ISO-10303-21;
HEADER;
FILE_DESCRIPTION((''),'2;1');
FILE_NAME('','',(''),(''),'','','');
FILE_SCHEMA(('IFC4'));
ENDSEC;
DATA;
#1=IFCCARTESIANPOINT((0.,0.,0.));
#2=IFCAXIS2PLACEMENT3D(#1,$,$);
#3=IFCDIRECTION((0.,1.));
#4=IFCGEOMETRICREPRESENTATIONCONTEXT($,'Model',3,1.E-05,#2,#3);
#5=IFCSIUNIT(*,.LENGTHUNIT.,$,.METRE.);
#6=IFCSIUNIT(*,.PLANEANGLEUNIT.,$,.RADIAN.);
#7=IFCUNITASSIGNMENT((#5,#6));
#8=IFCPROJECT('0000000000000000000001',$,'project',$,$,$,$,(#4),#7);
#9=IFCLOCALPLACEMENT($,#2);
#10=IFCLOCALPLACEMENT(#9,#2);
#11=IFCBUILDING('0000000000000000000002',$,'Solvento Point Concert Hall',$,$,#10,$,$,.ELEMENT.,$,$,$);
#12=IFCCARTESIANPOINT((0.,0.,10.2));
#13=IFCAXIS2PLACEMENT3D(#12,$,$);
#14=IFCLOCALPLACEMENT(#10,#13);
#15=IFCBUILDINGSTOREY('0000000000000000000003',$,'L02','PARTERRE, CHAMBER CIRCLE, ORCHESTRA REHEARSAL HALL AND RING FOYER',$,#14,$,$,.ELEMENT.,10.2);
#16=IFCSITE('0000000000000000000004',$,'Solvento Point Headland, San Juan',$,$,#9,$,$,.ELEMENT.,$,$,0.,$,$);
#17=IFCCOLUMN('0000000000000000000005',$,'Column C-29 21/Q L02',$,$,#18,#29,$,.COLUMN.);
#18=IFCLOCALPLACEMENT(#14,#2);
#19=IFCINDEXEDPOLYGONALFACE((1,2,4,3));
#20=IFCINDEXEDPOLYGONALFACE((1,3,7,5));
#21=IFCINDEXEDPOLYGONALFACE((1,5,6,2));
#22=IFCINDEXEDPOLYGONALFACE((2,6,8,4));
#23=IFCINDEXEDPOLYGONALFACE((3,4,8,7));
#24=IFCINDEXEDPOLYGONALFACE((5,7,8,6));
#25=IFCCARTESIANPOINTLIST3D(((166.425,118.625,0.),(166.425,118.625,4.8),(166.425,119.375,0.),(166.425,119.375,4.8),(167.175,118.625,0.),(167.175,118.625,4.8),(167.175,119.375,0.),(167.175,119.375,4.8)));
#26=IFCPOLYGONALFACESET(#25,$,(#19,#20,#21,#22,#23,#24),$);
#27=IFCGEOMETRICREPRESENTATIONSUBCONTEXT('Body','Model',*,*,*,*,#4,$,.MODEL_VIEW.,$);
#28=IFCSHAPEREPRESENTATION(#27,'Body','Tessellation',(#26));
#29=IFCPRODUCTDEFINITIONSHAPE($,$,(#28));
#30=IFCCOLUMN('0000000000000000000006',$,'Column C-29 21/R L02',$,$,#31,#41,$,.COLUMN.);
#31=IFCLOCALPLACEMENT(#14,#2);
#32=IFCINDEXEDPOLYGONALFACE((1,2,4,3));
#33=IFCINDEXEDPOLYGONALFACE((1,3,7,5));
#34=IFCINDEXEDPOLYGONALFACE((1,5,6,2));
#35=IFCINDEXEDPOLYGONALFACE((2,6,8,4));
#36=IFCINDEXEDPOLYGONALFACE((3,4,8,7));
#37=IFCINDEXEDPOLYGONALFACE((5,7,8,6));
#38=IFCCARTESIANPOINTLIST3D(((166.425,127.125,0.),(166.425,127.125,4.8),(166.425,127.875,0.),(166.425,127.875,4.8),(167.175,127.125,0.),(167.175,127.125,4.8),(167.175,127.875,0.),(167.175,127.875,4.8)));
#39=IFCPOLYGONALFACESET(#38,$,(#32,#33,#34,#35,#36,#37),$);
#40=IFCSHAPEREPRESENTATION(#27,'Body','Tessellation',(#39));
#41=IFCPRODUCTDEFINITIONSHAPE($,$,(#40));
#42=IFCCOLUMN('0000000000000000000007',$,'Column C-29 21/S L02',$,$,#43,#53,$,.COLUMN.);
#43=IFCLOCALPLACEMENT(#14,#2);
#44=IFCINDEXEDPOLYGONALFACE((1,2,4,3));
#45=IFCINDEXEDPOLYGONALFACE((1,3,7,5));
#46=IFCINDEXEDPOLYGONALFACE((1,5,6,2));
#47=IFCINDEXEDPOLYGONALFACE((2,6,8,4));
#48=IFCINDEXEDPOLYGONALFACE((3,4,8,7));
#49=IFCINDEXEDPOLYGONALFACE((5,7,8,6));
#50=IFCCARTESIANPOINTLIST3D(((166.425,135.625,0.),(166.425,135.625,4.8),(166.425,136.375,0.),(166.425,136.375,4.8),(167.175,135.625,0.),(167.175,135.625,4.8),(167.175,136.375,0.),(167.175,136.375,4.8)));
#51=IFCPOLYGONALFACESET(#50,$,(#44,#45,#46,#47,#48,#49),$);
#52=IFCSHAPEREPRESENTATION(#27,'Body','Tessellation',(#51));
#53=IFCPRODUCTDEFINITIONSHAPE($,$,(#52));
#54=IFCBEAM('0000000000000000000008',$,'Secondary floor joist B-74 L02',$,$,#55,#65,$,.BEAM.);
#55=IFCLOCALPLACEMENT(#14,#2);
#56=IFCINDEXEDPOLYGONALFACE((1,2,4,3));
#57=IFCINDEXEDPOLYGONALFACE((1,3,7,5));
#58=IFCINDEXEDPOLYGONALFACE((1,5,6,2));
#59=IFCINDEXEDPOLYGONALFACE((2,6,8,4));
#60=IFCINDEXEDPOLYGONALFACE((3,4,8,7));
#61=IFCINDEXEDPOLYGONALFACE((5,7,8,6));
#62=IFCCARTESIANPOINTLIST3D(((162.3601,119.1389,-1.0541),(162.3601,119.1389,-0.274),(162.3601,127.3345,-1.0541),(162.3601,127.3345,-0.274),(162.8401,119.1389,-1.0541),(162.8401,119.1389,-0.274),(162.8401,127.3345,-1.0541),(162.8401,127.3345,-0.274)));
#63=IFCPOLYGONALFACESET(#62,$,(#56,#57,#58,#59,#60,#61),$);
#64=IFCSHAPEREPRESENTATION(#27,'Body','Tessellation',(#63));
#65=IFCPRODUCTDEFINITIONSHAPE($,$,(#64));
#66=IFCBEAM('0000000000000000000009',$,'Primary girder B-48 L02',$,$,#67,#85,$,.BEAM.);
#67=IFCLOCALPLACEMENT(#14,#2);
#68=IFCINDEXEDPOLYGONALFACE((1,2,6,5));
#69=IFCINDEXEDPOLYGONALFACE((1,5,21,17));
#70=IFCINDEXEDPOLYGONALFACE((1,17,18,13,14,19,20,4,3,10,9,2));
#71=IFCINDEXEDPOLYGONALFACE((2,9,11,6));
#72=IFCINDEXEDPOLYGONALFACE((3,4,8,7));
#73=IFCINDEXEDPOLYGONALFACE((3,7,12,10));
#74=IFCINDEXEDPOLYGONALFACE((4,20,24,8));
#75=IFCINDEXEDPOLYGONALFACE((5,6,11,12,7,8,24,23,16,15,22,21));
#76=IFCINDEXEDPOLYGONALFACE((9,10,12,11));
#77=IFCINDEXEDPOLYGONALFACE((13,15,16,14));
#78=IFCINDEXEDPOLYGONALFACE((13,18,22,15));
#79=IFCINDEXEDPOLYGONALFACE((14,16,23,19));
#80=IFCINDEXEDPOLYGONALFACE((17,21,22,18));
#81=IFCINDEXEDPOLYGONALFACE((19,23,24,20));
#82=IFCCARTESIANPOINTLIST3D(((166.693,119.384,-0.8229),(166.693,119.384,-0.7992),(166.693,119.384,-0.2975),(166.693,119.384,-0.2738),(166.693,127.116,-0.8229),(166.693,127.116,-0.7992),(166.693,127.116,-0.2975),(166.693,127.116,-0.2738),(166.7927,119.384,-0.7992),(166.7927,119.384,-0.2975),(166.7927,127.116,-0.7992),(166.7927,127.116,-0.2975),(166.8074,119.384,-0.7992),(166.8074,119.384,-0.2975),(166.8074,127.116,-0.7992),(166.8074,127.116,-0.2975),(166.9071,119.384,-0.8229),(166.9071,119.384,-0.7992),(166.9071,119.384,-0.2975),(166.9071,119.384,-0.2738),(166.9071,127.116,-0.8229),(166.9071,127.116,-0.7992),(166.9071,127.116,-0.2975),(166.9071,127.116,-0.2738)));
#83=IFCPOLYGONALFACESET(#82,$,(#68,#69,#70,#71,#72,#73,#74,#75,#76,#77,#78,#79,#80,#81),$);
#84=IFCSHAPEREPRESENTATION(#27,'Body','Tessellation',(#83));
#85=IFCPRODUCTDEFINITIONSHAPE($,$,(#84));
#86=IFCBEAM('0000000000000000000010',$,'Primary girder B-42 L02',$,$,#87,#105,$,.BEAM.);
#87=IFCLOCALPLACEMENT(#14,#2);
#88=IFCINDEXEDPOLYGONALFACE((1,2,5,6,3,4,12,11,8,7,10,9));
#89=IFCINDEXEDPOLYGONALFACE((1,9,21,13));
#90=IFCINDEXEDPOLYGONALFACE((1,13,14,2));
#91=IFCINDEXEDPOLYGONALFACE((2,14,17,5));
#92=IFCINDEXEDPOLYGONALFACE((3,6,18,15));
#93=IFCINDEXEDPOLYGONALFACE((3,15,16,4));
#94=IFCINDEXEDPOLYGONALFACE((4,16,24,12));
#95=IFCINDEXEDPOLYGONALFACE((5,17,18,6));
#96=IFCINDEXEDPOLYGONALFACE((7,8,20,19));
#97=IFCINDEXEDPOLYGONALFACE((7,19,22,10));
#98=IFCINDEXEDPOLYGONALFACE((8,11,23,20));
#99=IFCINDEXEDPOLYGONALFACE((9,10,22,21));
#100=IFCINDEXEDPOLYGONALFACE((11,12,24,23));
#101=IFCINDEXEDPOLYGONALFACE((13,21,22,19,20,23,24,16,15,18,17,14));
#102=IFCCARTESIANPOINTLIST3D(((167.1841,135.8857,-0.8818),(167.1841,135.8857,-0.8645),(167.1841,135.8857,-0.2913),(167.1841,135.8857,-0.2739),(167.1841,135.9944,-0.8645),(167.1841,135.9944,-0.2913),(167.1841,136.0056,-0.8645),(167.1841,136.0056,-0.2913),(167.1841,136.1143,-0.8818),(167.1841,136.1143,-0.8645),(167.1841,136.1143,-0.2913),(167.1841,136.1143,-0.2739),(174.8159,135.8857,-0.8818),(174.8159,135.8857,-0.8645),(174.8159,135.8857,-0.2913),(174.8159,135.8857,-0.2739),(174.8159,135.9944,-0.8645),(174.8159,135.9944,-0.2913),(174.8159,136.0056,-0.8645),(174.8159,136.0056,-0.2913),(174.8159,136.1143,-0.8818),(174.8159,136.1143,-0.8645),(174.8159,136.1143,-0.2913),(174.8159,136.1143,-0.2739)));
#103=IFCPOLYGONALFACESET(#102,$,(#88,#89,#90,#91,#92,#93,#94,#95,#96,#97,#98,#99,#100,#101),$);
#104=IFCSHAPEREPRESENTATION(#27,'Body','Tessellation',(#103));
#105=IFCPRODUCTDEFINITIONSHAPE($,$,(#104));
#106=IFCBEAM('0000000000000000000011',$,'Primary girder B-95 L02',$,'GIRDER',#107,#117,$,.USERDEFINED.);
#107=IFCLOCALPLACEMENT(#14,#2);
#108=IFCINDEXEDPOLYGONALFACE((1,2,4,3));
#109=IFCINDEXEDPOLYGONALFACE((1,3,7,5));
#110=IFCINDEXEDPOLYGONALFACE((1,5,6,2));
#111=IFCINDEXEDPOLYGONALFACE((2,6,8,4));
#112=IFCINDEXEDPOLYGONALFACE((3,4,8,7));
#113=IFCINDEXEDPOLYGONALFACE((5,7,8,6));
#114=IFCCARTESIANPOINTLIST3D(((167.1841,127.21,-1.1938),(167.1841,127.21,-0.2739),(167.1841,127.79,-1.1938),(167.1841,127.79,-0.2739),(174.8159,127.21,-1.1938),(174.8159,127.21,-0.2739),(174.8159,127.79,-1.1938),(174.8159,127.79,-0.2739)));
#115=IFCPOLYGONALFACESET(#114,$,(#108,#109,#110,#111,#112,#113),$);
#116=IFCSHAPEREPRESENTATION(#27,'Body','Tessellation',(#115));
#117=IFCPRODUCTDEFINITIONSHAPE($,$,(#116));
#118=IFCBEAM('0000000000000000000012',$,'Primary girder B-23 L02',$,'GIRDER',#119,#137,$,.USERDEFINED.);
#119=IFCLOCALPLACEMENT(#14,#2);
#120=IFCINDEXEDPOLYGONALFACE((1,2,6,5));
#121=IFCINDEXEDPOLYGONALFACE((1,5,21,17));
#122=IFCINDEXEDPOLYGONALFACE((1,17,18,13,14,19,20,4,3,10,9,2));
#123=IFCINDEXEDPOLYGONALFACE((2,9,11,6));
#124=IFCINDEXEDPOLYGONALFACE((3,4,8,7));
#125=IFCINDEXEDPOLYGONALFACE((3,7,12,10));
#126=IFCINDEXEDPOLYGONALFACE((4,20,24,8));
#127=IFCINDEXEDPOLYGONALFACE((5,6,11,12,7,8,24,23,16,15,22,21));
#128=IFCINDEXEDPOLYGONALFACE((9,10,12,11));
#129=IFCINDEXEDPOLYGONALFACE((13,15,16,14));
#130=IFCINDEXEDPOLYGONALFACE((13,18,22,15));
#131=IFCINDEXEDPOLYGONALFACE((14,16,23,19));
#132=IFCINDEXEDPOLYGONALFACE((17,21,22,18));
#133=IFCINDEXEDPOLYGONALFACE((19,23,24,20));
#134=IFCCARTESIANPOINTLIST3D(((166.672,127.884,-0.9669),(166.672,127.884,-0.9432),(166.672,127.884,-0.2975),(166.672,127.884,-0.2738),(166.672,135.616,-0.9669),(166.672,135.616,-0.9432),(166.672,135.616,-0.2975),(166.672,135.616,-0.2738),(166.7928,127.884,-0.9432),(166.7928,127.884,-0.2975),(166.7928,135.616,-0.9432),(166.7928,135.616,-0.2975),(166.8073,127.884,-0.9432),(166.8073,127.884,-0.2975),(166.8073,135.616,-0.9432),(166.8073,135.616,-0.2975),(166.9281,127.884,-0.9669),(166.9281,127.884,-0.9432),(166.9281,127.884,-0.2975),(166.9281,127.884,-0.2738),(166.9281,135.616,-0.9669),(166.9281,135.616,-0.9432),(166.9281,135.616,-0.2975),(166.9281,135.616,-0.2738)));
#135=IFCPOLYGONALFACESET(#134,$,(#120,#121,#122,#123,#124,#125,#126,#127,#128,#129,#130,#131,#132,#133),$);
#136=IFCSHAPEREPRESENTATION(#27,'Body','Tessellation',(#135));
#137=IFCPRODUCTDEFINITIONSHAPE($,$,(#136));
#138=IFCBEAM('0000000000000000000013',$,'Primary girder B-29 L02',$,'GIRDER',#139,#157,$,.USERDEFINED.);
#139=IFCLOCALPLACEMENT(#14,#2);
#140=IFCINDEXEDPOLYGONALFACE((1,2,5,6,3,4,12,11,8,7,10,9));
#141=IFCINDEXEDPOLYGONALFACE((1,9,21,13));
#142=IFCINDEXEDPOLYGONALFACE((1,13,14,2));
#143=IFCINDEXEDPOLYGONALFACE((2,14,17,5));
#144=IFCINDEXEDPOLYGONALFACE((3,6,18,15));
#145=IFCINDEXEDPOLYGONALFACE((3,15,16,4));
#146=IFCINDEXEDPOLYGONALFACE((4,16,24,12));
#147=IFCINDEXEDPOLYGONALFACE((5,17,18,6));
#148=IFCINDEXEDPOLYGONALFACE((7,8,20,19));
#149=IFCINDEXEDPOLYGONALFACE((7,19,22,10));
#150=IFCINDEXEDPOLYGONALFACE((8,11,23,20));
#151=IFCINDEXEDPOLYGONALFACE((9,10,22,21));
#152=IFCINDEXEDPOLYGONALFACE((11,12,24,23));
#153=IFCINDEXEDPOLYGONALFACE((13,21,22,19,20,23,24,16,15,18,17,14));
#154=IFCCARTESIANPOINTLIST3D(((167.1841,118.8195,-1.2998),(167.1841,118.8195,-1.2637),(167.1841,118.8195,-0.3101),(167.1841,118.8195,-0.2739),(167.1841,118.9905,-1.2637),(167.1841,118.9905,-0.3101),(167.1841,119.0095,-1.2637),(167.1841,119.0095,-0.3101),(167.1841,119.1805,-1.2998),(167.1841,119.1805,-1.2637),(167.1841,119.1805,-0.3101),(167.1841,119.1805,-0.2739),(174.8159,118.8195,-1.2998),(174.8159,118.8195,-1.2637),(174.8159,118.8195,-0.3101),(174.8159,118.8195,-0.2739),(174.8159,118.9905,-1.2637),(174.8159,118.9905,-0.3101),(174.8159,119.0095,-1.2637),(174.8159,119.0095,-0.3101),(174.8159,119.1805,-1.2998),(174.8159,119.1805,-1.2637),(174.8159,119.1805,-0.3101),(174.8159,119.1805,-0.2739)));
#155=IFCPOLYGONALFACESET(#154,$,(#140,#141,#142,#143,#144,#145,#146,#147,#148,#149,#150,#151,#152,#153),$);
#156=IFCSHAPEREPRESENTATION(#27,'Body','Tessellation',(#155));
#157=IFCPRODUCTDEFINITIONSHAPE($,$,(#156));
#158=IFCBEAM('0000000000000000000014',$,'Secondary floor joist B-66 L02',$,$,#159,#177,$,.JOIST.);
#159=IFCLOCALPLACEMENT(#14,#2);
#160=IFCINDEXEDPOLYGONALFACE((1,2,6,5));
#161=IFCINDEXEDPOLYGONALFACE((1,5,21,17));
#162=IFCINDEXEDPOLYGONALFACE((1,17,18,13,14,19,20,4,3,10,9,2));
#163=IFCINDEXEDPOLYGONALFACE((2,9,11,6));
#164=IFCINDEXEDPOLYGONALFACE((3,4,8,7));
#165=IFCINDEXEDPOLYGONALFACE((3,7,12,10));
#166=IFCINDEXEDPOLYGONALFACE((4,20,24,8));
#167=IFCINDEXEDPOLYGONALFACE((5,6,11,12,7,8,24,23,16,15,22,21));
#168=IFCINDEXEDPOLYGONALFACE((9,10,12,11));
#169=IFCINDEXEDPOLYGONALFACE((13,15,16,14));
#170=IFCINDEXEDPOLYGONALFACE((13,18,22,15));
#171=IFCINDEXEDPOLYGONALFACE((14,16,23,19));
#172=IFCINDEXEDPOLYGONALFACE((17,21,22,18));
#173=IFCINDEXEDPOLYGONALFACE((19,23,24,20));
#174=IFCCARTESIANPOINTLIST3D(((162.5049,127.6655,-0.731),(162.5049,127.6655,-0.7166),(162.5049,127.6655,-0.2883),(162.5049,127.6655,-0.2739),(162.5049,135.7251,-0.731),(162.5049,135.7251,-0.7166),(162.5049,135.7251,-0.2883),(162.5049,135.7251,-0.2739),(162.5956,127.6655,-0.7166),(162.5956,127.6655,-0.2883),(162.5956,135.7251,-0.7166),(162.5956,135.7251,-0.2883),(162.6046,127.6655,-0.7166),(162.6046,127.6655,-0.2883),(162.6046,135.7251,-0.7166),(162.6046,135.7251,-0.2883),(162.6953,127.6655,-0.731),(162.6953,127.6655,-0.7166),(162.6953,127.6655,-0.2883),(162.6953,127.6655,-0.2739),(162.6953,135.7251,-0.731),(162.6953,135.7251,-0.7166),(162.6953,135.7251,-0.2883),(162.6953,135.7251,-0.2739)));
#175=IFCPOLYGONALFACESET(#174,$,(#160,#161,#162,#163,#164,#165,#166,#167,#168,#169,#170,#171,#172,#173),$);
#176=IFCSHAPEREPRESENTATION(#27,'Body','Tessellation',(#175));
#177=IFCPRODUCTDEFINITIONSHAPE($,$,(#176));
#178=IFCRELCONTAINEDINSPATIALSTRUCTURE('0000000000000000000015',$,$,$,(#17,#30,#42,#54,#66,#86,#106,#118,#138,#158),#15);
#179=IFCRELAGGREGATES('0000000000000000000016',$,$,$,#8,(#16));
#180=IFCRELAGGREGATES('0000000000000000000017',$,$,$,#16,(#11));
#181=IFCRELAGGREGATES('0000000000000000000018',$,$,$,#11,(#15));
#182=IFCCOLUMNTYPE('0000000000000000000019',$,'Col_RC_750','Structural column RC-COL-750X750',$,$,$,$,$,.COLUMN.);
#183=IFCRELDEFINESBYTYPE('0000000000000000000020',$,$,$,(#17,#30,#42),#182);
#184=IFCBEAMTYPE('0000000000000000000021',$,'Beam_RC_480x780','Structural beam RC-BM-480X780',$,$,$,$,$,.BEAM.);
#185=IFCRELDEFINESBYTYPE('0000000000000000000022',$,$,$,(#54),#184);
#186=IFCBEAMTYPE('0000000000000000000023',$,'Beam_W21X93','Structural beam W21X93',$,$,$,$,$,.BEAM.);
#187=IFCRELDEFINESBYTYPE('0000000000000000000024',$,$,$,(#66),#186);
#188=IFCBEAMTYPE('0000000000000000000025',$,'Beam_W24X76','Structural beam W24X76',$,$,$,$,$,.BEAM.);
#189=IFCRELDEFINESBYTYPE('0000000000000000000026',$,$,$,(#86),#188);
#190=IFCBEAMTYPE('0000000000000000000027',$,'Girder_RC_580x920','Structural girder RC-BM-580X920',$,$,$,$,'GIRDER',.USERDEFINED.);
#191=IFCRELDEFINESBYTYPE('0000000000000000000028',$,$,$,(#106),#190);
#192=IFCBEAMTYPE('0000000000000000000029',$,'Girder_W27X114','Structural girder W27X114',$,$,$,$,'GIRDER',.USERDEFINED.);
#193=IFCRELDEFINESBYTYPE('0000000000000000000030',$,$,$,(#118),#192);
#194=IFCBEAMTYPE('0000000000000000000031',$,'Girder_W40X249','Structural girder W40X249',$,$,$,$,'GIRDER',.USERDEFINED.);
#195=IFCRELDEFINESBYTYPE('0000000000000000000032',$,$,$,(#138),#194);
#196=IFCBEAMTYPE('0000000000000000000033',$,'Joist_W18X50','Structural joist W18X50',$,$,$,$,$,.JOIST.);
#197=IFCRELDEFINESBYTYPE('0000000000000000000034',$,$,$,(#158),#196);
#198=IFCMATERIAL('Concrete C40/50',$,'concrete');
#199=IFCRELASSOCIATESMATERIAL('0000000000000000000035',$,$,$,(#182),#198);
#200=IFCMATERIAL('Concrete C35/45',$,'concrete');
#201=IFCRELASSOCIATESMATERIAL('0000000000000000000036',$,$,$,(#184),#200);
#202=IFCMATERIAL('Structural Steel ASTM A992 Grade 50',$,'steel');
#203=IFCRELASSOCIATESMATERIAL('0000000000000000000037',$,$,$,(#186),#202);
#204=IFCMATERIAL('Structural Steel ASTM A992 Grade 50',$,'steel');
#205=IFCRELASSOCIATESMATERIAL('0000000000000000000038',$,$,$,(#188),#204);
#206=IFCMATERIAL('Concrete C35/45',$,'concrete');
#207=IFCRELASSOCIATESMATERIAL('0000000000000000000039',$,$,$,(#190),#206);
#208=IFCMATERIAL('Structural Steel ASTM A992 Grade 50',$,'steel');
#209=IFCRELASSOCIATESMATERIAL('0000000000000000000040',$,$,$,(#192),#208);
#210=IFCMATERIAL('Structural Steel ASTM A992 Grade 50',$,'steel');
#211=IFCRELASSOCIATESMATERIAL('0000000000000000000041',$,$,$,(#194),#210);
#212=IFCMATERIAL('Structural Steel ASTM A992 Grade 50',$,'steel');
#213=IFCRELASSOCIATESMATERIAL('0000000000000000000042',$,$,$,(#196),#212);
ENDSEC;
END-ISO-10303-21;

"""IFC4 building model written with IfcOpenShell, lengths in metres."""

from ifc_helpers import new_model, si_unit, direction, frame, origin, origin_2d, place, context, subcontext, project, spatial, rectangle, i_section, extrude, material, material_profile, profile_set, type_object, element, save


model = new_model("IFC4")

# Units and contexts
model_context = context("Model", 3, precision=1e-05, world=origin(), true_north=direction((0.0, 1.0)))
body_context = subcontext(model_context, "Body", "Model", "MODEL_VIEW")
ifc_project = project(units=[si_unit("LENGTHUNIT", "METRE"), si_unit("PLANEANGLEUNIT", "RADIAN")], contexts=[model_context])

# Site, building, storey
site_placement = place(None, origin())
site = spatial("IfcSite", under=ifc_project, at=site_placement, Name="Solvento Point Headland, San Juan", CompositionType="ELEMENT", RefElevation=0.0)
building_placement = place(site_placement, origin())
building = spatial("IfcBuilding", under=site, at=building_placement, Name="Solvento Point Concert Hall", CompositionType="ELEMENT")
storey_placement = place(building_placement, frame((0.0, 0.0, 10.2)))
storey = spatial("IfcBuildingStorey", under=building, at=storey_placement, Name="L02", Description="PARTERRE, CHAMBER CIRCLE, ORCHESTRA REHEARSAL HALL AND RING FOYER", CompositionType="ELEMENT", Elevation=10.2)

# Columns
ifc_material_1 = material(Name="Concrete C40/50", Category="concrete")
ifc_material_profile_1 = material_profile(ifc_material_1, rectangle(XDim=0.75, YDim=0.75, at=origin_2d()), Name="RC-COL-750X750")
ifc_profile_set_1 = profile_set([ifc_material_profile_1], Name="Concrete C40/50")
column_type = type_object("IfcColumnType", Name="Col_RC_750", Description="Structural column RC-COL-750X750", PredefinedType="COLUMN", material=ifc_profile_set_1)
for number, where, z_axis, x_axis, name in (
    (1, (166.8, 119.0, 0.0), (0.0, 0.0, 1.0), (1.0, 0.0, 0.0), "Column C-29 21/Q L02"),
    (2, (166.8, 127.5, 0.0), (0.0, 0.0, 1.0), (1.0, 0.0, 0.0), "Column C-29 21/R L02"),
    (3, (166.8, 136.0, 0.0), (0.0, 0.0, 1.0), (1.0, 0.0, 0.0), "Column C-29 21/S L02"),
):
    element("IfcColumn", number, at=place(storey_placement, frame(where, z_axis=z_axis, x_axis=x_axis)), inside=storey, type_object=column_type, Name=name, PredefinedType="COLUMN", context=body_context, shape_type="SweptSolid", body=[
        extrude(rectangle(XDim=0.75, YDim=0.75, at=origin_2d()), origin(), (0.0, 0.0, 1.0), 4.8),
    ])

# Beams
ifc_material_2 = material(Name="Concrete C35/45", Category="concrete")
ifc_material_profile_2 = material_profile(ifc_material_2, rectangle(XDim=0.48, YDim=0.78, at=origin_2d()), Name="RC-BM-480X780")
ifc_profile_set_2 = profile_set([ifc_material_profile_2], Name="Concrete C35/45")
beam_type_1 = type_object("IfcBeamType", Name="Beam_RC_480x780", Description="Structural beam RC-BM-480X780", PredefinedType="BEAM", material=ifc_profile_set_2)
beam_1_placement = place(storey_placement, frame((162.6001, 119.1389, -0.6641), z_axis=(0.0, 1.0, 0.0), x_axis=(-1.0, 0.0, 0.0)))
element("IfcBeam", 4, at=beam_1_placement, inside=storey, type_object=beam_type_1, Name="Secondary floor joist B-74 L02", PredefinedType="BEAM", context=body_context, shape_type="SweptSolid", body=[
    extrude(rectangle(XDim=0.48, YDim=0.78, at=origin_2d()), origin(), (0.0, 0.0, 1.0), 8.1956),
])
ifc_material_3 = material(Name="Structural Steel ASTM A992 Grade 50", Category="steel")
ifc_material_profile_3 = material_profile(ifc_material_3, i_section(OverallWidth=0.2141, OverallDepth=0.5491, WebThickness=0.0146, FlangeThickness=0.0237, at=origin_2d()), Name="W21X93")
ifc_profile_set_3 = profile_set([ifc_material_profile_3], Name="Structural Steel ASTM A992 Grade 50")
beam_type_2 = type_object("IfcBeamType", Name="Beam_W21X93", Description="Structural beam W21X93", PredefinedType="BEAM", material=ifc_profile_set_3)
beam_2_placement = place(storey_placement, frame((166.8, 119.384, -0.5483), z_axis=(0.0, 1.0, 0.0), x_axis=(-1.0, 0.0, 0.0)))
element("IfcBeam", 5, at=beam_2_placement, inside=storey, type_object=beam_type_2, Name="Primary girder B-48 L02", PredefinedType="BEAM", context=body_context, shape_type="SweptSolid", body=[
    extrude(i_section(OverallWidth=0.2141, OverallDepth=0.5491, WebThickness=0.0146, FlangeThickness=0.0237, at=origin_2d()), origin(), (0.0, 0.0, 1.0), 7.7319),
])
ifc_material_4 = material(Name="Structural Steel ASTM A992 Grade 50", Category="steel")
ifc_material_profile_4 = material_profile(ifc_material_4, i_section(OverallWidth=0.2285, OverallDepth=0.6079, WebThickness=0.0112, FlangeThickness=0.0173, at=origin_2d()), Name="W24X76")
ifc_profile_set_4 = profile_set([ifc_material_profile_4], Name="Structural Steel ASTM A992 Grade 50")
beam_type_3 = type_object("IfcBeamType", Name="Beam_W24X76", Description="Structural beam W24X76", PredefinedType="BEAM", material=ifc_profile_set_4)
beam_3_placement = place(storey_placement, frame((167.1841, 136.0, -0.5779), z_axis=(1.0, 0.0, 0.0), x_axis=(0.0, 1.0, 0.0)))
element("IfcBeam", 6, at=beam_3_placement, inside=storey, type_object=beam_type_3, Name="Primary girder B-42 L02", PredefinedType="BEAM", context=body_context, shape_type="SweptSolid", body=[
    extrude(i_section(OverallWidth=0.2285, OverallDepth=0.6079, WebThickness=0.0112, FlangeThickness=0.0173, at=origin_2d()), origin(), (0.0, 0.0, 1.0), 7.6318),
])
ifc_material_5 = material(Name="Concrete C35/45", Category="concrete")
ifc_material_profile_5 = material_profile(ifc_material_5, rectangle(XDim=0.5801, YDim=0.9199, at=origin_2d()), Name="RC-BM-580X920")
ifc_profile_set_5 = profile_set([ifc_material_profile_5], Name="Concrete C35/45")
beam_type_4 = type_object("IfcBeamType", Name="Girder_RC_580x920", Description="Structural girder RC-BM-580X920", ElementType="GIRDER", PredefinedType="USERDEFINED", material=ifc_profile_set_5)
beam_4_placement = place(storey_placement, frame((167.1841, 127.5, -0.7339), z_axis=(1.0, 0.0, 0.0), x_axis=(0.0, 1.0, 0.0)))
element("IfcBeam", 7, at=beam_4_placement, inside=storey, type_object=beam_type_4, Name="Primary girder B-95 L02", ObjectType="GIRDER", PredefinedType="USERDEFINED", context=body_context, shape_type="SweptSolid", body=[
    extrude(rectangle(XDim=0.5801, YDim=0.9199, at=origin_2d()), origin(), (0.0, 0.0, 1.0), 7.6318),
])
ifc_material_6 = material(Name="Structural Steel ASTM A992 Grade 50", Category="steel")
ifc_material_profile_6 = material_profile(ifc_material_6, i_section(OverallWidth=0.2561, OverallDepth=0.6931, WebThickness=0.0144, FlangeThickness=0.0237, at=origin_2d()), Name="W27X114")
ifc_profile_set_6 = profile_set([ifc_material_profile_6], Name="Structural Steel ASTM A992 Grade 50")
beam_type_5 = type_object("IfcBeamType", Name="Girder_W27X114", Description="Structural girder W27X114", ElementType="GIRDER", PredefinedType="USERDEFINED", material=ifc_profile_set_6)
beam_5_placement = place(storey_placement, frame((166.8, 127.884, -0.6204), z_axis=(0.0, 1.0, 0.0), x_axis=(-1.0, 0.0, 0.0)))
element("IfcBeam", 8, at=beam_5_placement, inside=storey, type_object=beam_type_5, Name="Primary girder B-23 L02", ObjectType="GIRDER", PredefinedType="USERDEFINED", context=body_context, shape_type="SweptSolid", body=[
    extrude(i_section(OverallWidth=0.2561, OverallDepth=0.6931, WebThickness=0.0144, FlangeThickness=0.0237, at=origin_2d()), origin(), (0.0, 0.0, 1.0), 7.7319),
])
ifc_material_7 = material(Name="Structural Steel ASTM A992 Grade 50", Category="steel")
ifc_material_profile_7 = material_profile(ifc_material_7, i_section(OverallWidth=0.3611, OverallDepth=1.0259, WebThickness=0.019, FlangeThickness=0.0361, at=origin_2d()), Name="W40X249")
ifc_profile_set_7 = profile_set([ifc_material_profile_7], Name="Structural Steel ASTM A992 Grade 50")
beam_type_6 = type_object("IfcBeamType", Name="Girder_W40X249", Description="Structural girder W40X249", ElementType="GIRDER", PredefinedType="USERDEFINED", material=ifc_profile_set_7)
beam_6_placement = place(storey_placement, frame((167.1841, 119.0, -0.7869), z_axis=(1.0, 0.0, 0.0), x_axis=(0.0, 1.0, 0.0)))
element("IfcBeam", 9, at=beam_6_placement, inside=storey, type_object=beam_type_6, Name="Primary girder B-29 L02", ObjectType="GIRDER", PredefinedType="USERDEFINED", context=body_context, shape_type="SweptSolid", body=[
    extrude(i_section(OverallWidth=0.3611, OverallDepth=1.0259, WebThickness=0.019, FlangeThickness=0.0361, at=origin_2d()), origin(), (0.0, 0.0, 1.0), 7.6318),
])
ifc_material_8 = material(Name="Structural Steel ASTM A992 Grade 50", Category="steel")
ifc_material_profile_8 = material_profile(ifc_material_8, i_section(OverallWidth=0.1904, OverallDepth=0.457, WebThickness=0.009, FlangeThickness=0.0144, at=origin_2d()), Name="W18X50")
ifc_profile_set_8 = profile_set([ifc_material_profile_8], Name="Structural Steel ASTM A992 Grade 50")
beam_type_7 = type_object("IfcBeamType", Name="Joist_W18X50", Description="Structural joist W18X50", PredefinedType="JOIST", material=ifc_profile_set_8)
for number, where, z_axis, x_axis, name in (
    (10, (162.6001, 127.6655, -0.5024), (0.0, 1.0, 0.0), (-1.0, 0.0, 0.0), "Secondary floor joist B-66 L02"),
):
    element("IfcBeam", number, at=place(storey_placement, frame(where, z_axis=z_axis, x_axis=x_axis)), inside=storey, type_object=beam_type_7, Name=name, PredefinedType="JOIST", context=body_context, shape_type="SweptSolid", body=[
        extrude(i_section(OverallWidth=0.1904, OverallDepth=0.457, WebThickness=0.009, FlangeThickness=0.0144, at=origin_2d()), origin(), (0.0, 0.0, 1.0), 8.0596),
    ])

save(model, "model.ifc")
